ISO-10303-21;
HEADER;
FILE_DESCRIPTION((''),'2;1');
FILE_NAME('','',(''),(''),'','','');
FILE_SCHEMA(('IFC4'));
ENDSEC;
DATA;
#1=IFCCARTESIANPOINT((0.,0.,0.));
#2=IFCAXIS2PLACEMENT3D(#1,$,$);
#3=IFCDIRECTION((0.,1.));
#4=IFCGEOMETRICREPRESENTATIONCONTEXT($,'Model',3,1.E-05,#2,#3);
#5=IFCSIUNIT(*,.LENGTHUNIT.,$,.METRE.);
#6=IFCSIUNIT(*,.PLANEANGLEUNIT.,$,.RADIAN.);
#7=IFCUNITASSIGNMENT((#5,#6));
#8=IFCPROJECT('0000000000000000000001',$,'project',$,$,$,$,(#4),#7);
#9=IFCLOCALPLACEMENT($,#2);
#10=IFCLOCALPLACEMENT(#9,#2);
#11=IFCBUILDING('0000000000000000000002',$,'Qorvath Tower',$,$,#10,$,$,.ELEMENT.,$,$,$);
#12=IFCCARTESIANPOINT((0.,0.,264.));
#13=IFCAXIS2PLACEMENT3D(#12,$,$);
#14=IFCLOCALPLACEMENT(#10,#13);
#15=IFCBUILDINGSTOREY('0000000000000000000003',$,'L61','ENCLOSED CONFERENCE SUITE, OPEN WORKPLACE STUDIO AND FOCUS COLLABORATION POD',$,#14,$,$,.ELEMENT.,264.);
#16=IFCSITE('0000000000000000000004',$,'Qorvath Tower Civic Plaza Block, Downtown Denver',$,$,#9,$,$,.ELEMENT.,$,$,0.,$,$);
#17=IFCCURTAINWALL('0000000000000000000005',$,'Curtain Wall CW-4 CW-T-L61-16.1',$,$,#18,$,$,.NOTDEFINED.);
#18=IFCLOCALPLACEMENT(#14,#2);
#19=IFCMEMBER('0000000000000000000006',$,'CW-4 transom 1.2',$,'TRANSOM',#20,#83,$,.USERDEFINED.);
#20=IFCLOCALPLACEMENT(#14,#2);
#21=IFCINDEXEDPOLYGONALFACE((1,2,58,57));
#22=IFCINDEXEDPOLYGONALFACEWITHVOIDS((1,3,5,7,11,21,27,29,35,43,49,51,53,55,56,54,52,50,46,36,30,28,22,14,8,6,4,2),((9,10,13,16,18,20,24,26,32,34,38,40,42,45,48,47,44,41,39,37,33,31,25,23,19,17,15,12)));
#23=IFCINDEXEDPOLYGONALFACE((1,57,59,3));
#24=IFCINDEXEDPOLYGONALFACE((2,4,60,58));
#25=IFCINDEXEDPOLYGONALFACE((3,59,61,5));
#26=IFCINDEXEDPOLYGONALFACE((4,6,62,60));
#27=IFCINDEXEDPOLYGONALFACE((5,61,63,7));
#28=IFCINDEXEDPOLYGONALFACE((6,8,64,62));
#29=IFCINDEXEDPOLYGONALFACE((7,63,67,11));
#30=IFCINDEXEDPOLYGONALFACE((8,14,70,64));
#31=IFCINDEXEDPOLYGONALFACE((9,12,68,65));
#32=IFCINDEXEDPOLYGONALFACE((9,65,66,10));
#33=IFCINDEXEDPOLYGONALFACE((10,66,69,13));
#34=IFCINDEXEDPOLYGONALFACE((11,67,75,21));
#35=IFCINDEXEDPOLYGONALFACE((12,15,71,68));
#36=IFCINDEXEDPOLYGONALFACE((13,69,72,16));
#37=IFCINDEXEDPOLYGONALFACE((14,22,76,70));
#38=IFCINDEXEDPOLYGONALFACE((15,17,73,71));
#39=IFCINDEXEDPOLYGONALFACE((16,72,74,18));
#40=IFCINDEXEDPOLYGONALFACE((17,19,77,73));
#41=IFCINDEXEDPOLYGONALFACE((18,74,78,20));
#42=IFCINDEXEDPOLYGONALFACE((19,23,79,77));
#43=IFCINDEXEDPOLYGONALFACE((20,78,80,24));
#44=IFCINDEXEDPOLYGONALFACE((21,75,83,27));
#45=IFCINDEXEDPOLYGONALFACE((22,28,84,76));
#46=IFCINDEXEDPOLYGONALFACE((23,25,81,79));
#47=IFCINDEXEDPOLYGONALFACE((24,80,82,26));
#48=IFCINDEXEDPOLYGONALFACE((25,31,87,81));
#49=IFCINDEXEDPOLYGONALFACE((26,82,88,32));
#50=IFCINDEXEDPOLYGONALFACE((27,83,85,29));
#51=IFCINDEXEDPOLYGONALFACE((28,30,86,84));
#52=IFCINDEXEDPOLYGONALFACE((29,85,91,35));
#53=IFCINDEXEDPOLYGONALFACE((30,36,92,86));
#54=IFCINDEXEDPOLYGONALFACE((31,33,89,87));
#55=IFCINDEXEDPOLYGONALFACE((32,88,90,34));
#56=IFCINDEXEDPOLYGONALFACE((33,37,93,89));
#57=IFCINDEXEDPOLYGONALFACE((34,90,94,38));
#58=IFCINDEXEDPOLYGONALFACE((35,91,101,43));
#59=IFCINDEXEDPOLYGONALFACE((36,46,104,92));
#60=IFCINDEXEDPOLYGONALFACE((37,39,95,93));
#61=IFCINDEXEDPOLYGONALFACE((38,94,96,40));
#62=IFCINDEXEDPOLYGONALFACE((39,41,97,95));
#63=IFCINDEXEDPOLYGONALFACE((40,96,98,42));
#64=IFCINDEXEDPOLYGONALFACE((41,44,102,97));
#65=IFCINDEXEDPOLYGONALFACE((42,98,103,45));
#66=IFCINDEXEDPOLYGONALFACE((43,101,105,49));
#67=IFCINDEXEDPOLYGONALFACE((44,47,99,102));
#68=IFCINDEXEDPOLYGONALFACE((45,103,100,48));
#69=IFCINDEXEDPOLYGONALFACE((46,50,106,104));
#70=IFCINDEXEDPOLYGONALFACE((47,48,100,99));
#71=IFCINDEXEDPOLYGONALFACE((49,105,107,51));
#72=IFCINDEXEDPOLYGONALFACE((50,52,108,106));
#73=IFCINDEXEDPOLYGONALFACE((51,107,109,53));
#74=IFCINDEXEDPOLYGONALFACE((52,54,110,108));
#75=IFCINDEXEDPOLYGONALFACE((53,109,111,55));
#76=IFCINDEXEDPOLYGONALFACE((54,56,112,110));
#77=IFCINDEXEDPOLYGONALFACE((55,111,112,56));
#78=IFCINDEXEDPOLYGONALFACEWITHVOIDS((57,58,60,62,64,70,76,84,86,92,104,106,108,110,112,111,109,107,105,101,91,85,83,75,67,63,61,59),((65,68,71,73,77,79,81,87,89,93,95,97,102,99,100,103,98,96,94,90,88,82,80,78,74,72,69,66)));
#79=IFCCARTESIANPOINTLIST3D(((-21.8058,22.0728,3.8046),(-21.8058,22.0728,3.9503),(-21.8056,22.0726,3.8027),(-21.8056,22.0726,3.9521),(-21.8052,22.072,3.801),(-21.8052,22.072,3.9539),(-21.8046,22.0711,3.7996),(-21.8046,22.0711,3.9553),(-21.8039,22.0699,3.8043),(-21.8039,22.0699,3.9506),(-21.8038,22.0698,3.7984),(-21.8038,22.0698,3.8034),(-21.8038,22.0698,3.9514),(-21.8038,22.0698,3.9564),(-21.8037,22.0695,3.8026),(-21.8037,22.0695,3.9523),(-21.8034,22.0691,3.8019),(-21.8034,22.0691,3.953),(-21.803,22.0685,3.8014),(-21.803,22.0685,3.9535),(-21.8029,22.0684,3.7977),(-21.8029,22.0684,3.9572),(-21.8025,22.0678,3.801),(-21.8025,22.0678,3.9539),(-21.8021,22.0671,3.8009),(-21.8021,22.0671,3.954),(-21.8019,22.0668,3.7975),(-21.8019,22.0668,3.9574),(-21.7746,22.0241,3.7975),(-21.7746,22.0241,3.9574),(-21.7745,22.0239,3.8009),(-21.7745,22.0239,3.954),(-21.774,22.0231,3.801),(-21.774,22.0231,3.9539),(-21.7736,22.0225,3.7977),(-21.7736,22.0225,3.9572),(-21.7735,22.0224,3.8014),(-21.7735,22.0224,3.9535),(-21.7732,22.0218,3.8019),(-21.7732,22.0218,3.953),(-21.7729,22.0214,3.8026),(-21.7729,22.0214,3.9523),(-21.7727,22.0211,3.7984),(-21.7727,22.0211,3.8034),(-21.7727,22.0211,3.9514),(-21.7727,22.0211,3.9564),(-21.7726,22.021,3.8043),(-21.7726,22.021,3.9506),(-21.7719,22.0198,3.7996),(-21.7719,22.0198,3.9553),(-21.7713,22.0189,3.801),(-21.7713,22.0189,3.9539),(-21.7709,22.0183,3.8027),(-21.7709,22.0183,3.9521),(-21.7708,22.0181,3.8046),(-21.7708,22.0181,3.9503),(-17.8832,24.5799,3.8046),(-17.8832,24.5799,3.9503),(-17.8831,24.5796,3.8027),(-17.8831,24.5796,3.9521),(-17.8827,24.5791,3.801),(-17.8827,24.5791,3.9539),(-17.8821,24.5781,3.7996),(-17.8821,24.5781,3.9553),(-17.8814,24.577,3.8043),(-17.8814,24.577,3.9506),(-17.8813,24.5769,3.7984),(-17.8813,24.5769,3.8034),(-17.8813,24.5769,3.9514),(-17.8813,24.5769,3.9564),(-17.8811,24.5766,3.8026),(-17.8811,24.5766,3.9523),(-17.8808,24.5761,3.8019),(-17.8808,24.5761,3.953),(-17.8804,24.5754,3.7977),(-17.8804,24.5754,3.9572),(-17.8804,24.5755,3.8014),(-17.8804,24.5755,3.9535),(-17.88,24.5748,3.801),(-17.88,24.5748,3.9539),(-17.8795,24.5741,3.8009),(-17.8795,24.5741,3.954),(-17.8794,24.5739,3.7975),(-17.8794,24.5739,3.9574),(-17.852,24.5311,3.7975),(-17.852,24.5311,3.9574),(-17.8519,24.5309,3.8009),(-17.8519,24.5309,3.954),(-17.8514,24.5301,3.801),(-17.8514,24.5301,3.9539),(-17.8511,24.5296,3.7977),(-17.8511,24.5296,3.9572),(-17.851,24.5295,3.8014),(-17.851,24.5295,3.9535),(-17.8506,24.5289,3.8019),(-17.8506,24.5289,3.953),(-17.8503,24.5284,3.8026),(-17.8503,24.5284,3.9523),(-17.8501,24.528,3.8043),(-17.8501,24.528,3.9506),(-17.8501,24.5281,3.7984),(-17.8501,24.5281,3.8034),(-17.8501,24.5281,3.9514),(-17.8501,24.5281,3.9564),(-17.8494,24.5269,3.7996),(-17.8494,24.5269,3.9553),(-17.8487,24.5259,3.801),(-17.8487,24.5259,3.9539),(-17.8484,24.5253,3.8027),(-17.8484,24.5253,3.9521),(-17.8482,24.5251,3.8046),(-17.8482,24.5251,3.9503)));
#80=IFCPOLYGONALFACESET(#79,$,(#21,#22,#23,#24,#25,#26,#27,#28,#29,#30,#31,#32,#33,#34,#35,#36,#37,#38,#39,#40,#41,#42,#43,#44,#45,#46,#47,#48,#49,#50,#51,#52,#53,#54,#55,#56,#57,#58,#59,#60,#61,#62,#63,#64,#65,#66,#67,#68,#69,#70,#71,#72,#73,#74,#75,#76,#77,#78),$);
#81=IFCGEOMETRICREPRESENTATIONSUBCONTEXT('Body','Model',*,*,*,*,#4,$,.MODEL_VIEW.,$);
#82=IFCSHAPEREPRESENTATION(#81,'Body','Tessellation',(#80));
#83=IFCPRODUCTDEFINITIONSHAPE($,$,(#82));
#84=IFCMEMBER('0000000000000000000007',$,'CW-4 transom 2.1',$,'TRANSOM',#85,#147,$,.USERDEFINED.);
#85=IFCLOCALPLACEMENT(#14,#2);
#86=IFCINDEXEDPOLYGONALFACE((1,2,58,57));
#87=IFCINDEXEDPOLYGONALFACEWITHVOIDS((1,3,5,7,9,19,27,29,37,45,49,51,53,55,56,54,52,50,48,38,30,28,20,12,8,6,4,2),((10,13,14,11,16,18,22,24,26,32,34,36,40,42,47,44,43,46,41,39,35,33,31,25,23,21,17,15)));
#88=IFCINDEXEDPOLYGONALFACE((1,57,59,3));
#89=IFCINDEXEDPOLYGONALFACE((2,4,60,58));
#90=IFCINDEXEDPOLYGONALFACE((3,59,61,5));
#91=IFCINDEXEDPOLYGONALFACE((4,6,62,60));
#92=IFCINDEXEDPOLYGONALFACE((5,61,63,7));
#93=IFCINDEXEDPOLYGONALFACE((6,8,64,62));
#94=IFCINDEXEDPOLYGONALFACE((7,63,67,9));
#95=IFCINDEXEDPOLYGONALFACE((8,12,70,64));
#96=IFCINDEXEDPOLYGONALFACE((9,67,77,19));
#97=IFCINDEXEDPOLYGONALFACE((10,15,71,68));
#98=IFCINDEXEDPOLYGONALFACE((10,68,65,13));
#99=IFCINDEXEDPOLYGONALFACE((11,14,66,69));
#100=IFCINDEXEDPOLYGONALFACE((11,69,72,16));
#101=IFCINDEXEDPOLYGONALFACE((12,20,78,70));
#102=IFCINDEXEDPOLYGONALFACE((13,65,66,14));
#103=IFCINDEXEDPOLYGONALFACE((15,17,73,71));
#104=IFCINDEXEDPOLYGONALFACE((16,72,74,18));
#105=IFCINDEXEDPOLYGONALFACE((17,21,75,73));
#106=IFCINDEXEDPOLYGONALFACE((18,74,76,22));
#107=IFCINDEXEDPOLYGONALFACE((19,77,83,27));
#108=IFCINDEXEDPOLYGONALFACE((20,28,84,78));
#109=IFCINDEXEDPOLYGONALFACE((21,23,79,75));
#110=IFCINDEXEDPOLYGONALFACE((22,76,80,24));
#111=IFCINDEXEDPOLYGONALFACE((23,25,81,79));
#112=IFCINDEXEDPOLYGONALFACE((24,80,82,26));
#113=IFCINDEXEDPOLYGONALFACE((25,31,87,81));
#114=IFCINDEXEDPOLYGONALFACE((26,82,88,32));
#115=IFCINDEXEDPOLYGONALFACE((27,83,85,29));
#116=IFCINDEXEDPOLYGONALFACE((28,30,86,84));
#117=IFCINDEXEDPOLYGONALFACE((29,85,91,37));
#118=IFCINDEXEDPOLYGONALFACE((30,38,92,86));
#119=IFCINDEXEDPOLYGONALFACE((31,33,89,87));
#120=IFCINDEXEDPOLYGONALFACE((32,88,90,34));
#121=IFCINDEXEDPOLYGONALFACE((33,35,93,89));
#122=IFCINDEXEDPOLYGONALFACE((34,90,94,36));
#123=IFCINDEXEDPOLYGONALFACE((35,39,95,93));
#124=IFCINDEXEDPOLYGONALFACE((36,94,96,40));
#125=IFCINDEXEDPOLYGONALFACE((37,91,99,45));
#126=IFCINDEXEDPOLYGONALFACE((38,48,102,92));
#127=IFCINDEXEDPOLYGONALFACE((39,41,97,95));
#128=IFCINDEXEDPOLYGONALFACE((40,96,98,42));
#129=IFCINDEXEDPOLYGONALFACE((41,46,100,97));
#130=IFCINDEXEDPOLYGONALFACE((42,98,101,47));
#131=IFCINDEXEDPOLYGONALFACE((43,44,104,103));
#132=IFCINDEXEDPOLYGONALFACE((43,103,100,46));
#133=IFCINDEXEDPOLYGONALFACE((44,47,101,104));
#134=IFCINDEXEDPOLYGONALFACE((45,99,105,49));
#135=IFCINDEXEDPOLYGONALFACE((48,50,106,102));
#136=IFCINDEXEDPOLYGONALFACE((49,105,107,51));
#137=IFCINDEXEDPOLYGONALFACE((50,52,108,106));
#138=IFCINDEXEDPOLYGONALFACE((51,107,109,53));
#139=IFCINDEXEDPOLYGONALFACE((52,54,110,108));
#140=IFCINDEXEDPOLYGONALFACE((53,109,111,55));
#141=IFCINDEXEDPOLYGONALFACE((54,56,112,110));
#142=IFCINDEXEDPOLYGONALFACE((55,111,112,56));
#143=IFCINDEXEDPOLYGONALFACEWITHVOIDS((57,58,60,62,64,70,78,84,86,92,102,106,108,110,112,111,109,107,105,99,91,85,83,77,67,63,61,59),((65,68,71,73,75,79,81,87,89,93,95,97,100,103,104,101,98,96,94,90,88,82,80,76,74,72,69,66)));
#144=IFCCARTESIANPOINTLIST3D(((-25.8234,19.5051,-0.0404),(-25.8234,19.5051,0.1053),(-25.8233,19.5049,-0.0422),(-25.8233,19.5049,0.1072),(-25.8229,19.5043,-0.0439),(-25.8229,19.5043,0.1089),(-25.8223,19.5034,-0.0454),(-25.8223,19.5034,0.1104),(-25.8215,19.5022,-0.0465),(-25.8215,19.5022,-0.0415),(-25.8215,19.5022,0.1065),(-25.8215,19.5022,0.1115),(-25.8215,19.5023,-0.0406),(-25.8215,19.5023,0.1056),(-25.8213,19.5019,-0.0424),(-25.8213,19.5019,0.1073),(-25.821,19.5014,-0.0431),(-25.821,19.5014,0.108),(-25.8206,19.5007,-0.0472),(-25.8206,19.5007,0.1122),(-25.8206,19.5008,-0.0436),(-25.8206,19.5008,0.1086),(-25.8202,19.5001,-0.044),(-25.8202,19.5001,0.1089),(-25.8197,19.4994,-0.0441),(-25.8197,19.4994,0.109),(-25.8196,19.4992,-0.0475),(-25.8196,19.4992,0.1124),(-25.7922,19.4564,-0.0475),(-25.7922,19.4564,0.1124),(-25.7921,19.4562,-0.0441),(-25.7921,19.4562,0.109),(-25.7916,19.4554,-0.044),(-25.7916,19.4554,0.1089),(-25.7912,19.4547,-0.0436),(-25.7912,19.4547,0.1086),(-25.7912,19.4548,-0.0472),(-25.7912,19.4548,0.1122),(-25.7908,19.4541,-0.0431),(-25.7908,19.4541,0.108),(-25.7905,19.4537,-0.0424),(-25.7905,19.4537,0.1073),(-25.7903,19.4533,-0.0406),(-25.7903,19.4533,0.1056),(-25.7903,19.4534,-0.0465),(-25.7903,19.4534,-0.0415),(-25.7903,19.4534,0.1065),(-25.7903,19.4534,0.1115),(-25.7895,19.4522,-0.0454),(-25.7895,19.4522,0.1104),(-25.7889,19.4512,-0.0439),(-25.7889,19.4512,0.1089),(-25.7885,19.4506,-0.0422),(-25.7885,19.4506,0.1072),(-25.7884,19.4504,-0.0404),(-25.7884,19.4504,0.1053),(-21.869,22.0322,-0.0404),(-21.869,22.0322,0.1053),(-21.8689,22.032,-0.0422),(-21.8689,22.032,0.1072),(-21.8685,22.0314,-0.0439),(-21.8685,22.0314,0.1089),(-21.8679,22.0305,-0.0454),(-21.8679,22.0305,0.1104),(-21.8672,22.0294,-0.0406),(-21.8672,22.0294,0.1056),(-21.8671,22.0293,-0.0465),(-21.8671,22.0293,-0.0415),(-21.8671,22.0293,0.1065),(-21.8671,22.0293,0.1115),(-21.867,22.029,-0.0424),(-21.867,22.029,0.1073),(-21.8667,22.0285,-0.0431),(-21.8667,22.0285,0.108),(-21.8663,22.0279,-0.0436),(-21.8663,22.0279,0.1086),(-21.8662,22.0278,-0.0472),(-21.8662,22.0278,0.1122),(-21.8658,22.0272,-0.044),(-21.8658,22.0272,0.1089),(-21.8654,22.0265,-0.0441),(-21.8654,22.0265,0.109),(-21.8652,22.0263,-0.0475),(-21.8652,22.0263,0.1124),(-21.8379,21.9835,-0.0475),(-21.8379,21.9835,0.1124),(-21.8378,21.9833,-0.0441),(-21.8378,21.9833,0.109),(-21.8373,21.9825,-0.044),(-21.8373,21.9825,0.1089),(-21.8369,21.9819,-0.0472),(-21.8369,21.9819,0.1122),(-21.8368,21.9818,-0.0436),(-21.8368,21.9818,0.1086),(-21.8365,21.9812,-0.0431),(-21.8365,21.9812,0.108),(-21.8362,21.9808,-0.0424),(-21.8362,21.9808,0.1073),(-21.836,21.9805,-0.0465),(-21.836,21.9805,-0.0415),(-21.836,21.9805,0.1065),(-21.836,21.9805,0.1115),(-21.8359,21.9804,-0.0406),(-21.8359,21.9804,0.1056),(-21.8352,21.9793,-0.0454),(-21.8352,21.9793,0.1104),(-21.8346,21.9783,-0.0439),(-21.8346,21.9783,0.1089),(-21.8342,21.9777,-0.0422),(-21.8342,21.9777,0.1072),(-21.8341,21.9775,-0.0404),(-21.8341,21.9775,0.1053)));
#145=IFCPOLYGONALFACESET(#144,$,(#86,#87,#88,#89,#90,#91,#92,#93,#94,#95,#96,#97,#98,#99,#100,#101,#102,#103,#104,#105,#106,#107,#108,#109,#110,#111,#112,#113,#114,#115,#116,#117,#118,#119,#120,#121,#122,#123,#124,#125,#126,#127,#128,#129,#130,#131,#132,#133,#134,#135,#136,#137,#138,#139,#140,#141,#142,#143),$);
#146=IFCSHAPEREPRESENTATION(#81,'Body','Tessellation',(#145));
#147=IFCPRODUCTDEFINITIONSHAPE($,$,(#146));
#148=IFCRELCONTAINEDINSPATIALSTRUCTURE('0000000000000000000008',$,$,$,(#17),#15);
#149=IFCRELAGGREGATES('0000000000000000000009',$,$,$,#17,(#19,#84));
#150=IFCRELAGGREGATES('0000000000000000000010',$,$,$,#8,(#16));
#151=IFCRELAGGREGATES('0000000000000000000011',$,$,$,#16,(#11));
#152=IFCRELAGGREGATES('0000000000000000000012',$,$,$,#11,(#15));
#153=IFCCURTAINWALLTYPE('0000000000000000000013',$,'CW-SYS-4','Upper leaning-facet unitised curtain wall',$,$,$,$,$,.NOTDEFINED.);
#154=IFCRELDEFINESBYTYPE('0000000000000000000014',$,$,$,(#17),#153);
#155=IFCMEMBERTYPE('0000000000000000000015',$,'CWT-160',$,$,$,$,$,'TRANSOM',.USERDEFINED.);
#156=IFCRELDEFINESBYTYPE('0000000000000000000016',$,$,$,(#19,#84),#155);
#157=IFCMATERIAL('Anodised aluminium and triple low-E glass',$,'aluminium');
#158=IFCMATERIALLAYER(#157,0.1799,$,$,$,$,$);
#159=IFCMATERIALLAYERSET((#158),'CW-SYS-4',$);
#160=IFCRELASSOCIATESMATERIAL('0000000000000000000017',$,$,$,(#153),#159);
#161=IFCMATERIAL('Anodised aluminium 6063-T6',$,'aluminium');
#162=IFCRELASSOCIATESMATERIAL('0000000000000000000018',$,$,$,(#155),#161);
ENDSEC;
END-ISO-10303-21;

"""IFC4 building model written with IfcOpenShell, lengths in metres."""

from ifc_helpers import new_model, si_unit, direction, frame, origin, origin_2d, place, context, subcontext, project, spatial, hollow_rectangle, extrude, material, layer, layer_set, material_profile, profile_set, type_object, element, aggregate, save


model = new_model("IFC4")

# Units and contexts
model_context = context("Model", 3, precision=1e-05, world=origin(), true_north=direction((0.0, 1.0)))
body_context = subcontext(model_context, "Body", "Model", "MODEL_VIEW")
ifc_project = project(units=[si_unit("LENGTHUNIT", "METRE"), si_unit("PLANEANGLEUNIT", "RADIAN")], contexts=[model_context])

# Site, building, storey
site_placement = place(None, origin())
site = spatial("IfcSite", under=ifc_project, at=site_placement, Name="Qorvath Tower Civic Plaza Block, Downtown Denver", CompositionType="ELEMENT", RefElevation=0.0)
building_placement = place(site_placement, origin())
building = spatial("IfcBuilding", under=site, at=building_placement, Name="Qorvath Tower", CompositionType="ELEMENT")
storey_placement = place(building_placement, frame((0.0, 0.0, 264.0)))
storey = spatial("IfcBuildingStorey", under=building, at=storey_placement, Name="L61", Description="ENCLOSED CONFERENCE SUITE, OPEN WORKPLACE STUDIO AND FOCUS COLLABORATION POD", CompositionType="ELEMENT", Elevation=264.0)

# Shared definitions
ifc_material_1 = material(Name="Anodised aluminium and triple low-E glass", Category="aluminium")
ifc_layer_1 = layer(ifc_material_1, 0.1799)
ifc_layer_set_1 = layer_set([ifc_layer_1], Name="CW-SYS-4")
curtain_wall_type = type_object("IfcCurtainWallType", Name="CW-SYS-4", Description="Upper leaning-facet unitised curtain wall", PredefinedType="NOTDEFINED", material=ifc_layer_set_1)

# Curtain wall, members
curtain_wall_1_placement = place(storey_placement, origin())
curtain_wall_1 = element("IfcCurtainWall", 1, at=curtain_wall_1_placement, inside=storey, type_object=curtain_wall_type, Name="Curtain Wall CW-4 CW-T-L61-16.1", PredefinedType="NOTDEFINED")
ifc_material_2 = material(Name="Anodised aluminium 6063-T6", Category="aluminium")
ifc_material_profile_1 = material_profile(ifc_material_2, hollow_rectangle(XDim=0.0649, YDim=0.1599, WallThickness=0.0034, InnerFilletRadius=0.0034, OuterFilletRadius=0.0071, at=origin_2d()), Name="CWT 160x65")
ifc_profile_set_1 = profile_set([ifc_material_profile_1], Name="Anodised aluminium 6063-T6")
member_type_1 = type_object("IfcMemberType", Name="CWT-160", ElementType="TRANSOM", PredefinedType="USERDEFINED", material=ifc_profile_set_1)
member_1_placement = place(storey_placement, frame((-17.8657, 24.5525, 3.8774), z_axis=(-0.842602, -0.538537, 0.0), x_axis=(0.538537, -0.842602, 0.0)))
member_1 = element("IfcMember", 2, at=member_1_placement, type_object=member_type_1, Name="CW-4 transom 1.2", ObjectType="TRANSOM", PredefinedType="USERDEFINED", context=body_context, shape_type="SweptSolid", body=[
    extrude(hollow_rectangle(XDim=0.0649, YDim=0.1599, WallThickness=0.0034, InnerFilletRadius=0.0034, OuterFilletRadius=0.0071, at=origin_2d()), origin(), (0.0, 0.0, 1.0), 4.6553),
])
member_2_placement = place(storey_placement, frame((-21.8516, 22.0049, 0.0325), z_axis=(-0.842627, -0.538497, 0.0), x_axis=(0.538497, -0.842627, 0.0)))
member_2 = element("IfcMember", 3, at=member_2_placement, type_object=member_type_1, Name="CW-4 transom 2.1", ObjectType="TRANSOM", PredefinedType="USERDEFINED", context=body_context, shape_type="SweptSolid", body=[
    extrude(hollow_rectangle(XDim=0.0649, YDim=0.1599, WallThickness=0.0034, InnerFilletRadius=0.0034, OuterFilletRadius=0.0071, at=origin_2d()), origin(), (0.0, 0.0, 1.0), 4.6929),
])

aggregate(curtain_wall_1, [member_1, member_2])

save(model, "model.ifc")
